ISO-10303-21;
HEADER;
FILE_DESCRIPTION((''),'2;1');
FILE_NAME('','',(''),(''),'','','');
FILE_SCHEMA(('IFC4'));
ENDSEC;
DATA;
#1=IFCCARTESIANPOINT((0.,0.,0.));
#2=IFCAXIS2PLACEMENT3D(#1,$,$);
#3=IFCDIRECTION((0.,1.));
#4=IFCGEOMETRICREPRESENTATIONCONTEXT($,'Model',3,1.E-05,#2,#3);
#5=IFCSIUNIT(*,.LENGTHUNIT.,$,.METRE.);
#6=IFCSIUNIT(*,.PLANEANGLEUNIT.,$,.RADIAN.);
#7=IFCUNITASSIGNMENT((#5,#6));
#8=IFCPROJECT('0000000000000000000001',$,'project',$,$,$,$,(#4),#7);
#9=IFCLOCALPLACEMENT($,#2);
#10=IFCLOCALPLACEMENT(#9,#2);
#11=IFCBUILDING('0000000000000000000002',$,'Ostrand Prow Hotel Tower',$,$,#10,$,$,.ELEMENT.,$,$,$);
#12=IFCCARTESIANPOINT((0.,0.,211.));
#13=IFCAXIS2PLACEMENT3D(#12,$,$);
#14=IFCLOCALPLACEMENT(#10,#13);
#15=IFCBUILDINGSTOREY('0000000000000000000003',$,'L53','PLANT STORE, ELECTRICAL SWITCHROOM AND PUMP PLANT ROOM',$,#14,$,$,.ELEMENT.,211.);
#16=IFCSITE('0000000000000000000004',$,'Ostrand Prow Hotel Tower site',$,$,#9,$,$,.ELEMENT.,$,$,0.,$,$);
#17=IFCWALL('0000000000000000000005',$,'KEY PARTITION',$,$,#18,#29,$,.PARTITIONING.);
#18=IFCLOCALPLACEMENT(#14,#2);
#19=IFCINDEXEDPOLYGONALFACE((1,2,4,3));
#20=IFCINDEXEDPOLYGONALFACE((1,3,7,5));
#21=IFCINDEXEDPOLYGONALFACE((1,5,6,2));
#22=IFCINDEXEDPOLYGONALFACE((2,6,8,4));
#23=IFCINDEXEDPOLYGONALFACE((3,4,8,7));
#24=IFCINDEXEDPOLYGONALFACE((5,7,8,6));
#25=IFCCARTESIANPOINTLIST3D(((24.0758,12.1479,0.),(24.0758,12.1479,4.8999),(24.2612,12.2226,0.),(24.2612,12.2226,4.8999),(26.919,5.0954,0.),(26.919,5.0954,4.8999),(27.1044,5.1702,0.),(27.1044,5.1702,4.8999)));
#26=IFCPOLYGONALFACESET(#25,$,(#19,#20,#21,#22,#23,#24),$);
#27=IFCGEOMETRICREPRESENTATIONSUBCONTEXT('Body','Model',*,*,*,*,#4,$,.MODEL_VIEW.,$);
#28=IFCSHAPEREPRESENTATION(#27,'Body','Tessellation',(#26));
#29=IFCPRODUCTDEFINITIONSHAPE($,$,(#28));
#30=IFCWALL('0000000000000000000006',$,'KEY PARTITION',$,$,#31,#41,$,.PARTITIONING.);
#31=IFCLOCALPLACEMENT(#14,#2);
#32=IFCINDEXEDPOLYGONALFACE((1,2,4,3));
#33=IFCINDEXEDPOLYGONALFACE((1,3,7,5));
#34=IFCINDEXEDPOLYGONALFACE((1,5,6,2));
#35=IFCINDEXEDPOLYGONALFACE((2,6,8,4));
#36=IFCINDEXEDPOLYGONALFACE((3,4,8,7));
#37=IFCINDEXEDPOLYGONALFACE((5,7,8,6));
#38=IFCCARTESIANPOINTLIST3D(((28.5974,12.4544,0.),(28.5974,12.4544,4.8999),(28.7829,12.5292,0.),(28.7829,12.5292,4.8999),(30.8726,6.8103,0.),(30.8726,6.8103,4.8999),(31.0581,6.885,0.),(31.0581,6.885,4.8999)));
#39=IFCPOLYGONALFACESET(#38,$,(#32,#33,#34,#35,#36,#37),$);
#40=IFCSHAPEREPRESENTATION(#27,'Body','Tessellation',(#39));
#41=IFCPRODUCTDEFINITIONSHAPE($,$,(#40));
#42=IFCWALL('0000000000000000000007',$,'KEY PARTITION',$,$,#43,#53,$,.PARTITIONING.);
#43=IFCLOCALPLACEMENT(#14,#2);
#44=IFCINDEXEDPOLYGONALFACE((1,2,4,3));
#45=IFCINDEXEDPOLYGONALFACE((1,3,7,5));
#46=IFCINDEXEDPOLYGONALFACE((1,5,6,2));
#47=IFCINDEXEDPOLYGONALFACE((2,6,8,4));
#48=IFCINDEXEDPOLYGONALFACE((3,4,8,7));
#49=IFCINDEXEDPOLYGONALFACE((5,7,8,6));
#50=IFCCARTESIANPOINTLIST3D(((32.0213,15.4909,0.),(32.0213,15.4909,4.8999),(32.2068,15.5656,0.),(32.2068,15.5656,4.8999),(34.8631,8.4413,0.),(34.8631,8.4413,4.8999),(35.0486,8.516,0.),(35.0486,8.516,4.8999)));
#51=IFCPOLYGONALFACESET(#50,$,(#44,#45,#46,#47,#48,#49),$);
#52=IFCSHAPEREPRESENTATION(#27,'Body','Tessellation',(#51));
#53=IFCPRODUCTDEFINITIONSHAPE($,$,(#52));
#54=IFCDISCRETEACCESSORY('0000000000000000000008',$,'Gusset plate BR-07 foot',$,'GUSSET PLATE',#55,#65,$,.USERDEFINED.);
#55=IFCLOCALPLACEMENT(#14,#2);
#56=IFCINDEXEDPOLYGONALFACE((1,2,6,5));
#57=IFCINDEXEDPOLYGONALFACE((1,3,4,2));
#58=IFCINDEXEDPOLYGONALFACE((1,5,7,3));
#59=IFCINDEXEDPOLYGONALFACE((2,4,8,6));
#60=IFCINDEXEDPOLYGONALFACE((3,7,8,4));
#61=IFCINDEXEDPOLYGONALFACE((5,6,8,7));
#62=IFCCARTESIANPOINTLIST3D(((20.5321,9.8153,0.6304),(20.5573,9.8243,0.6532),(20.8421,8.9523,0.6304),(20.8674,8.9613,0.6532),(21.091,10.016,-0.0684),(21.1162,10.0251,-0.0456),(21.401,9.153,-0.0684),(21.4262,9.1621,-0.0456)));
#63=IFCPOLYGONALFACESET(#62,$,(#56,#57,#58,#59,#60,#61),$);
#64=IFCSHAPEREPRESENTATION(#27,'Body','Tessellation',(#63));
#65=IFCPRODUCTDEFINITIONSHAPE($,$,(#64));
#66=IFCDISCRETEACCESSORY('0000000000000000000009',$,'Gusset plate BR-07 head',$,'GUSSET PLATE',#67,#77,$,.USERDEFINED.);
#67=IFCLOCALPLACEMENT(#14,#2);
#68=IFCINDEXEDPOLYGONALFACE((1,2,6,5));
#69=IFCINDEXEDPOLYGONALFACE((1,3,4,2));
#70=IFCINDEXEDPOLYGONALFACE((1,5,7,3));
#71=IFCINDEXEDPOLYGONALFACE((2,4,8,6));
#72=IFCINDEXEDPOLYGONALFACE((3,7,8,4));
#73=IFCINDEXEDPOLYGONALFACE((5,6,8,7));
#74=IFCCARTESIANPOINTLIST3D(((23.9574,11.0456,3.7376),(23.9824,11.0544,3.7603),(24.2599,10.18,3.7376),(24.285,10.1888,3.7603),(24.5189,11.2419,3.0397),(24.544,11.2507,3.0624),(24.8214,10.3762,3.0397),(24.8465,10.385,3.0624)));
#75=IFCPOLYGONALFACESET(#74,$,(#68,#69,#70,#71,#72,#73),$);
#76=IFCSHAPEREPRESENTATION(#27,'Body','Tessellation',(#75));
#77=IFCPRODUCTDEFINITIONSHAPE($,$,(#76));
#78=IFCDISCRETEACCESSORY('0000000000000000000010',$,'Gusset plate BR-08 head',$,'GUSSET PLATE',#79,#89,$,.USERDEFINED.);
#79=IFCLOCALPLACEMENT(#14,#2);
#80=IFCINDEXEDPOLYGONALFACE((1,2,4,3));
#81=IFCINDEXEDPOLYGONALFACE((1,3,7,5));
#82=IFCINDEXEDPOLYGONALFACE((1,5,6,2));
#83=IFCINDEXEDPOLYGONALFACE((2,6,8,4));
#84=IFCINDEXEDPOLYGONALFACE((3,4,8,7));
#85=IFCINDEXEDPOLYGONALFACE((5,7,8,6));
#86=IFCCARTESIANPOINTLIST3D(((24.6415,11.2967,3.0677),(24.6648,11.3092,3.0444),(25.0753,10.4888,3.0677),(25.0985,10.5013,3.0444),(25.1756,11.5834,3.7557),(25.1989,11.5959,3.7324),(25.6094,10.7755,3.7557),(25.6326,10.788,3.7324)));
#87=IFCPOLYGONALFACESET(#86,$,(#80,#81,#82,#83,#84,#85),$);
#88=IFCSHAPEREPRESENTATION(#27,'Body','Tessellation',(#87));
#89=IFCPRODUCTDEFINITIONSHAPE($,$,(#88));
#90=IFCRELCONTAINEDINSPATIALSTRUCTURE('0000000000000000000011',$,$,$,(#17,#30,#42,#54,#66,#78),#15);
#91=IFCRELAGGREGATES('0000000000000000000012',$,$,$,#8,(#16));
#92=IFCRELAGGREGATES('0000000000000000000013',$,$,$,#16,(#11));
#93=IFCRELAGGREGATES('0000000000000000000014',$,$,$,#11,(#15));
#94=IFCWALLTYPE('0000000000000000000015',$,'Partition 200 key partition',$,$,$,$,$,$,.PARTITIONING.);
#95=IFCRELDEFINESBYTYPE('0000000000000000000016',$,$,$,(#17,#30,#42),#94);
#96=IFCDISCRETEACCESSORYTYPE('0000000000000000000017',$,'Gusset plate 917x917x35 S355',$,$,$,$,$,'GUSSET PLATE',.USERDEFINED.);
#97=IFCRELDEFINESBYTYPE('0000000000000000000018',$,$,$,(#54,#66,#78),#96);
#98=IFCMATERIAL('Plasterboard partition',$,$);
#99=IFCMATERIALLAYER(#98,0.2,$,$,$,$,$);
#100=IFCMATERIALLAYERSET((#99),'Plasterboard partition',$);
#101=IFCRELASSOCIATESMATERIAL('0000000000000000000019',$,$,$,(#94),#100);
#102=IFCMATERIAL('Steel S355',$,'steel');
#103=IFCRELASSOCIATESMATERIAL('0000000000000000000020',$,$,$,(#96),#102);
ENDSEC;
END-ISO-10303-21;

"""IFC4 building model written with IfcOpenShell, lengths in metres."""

from ifc_helpers import new_model, si_unit, direction, frame, frame_2d, origin, origin_2d, place, context, subcontext, project, spatial, rectangle, extrude, material, layer, layer_set, material_profile, profile_set, type_object, element, save


model = new_model("IFC4")

# Units and contexts
model_context = context("Model", 3, precision=1e-05, world=origin(), true_north=direction((0.0, 1.0)))
body_context = subcontext(model_context, "Body", "Model", "MODEL_VIEW")
ifc_project = project(units=[si_unit("LENGTHUNIT", "METRE"), si_unit("PLANEANGLEUNIT", "RADIAN")], contexts=[model_context])

# Site, building, storey
site_placement = place(None, origin())
site = spatial("IfcSite", under=ifc_project, at=site_placement, Name="Ostrand Prow Hotel Tower site", CompositionType="ELEMENT", RefElevation=0.0)
building_placement = place(site_placement, origin())
building = spatial("IfcBuilding", under=site, at=building_placement, Name="Ostrand Prow Hotel Tower", CompositionType="ELEMENT")
storey_placement = place(building_placement, frame((0.0, 0.0, 211.0)))
storey = spatial("IfcBuildingStorey", under=building, at=storey_placement, Name="L53", Description="PLANT STORE, ELECTRICAL SWITCHROOM AND PUMP PLANT ROOM", CompositionType="ELEMENT", Elevation=211.0)

# Walls
ifc_material_1 = material(Name="Plasterboard partition")
ifc_layer_1 = layer(ifc_material_1, 0.2)
ifc_layer_set_1 = layer_set([ifc_layer_1], Name="Plasterboard partition")
wall_type_1 = type_object("IfcWallType", Name="Partition 200 key partition", PredefinedType="PARTITIONING", material=ifc_layer_set_1)
wall_1_placement = place(storey_placement, frame((27.0117, 5.1328, 0.0), z_axis=(0.0, 0.0, 1.0), x_axis=(-0.373914, 0.927464, 0.0)))
element("IfcWall", 1, at=wall_1_placement, inside=storey, type_object=wall_type_1, Name="KEY PARTITION", PredefinedType="PARTITIONING", context=body_context, shape_type="SweptSolid", body=[
    extrude(rectangle(XDim=7.604, YDim=0.2, at=frame_2d((3.802, 0.0))), origin(), (0.0, 0.0, 1.0), 4.8999),
])
wall_2_placement = place(storey_placement, frame((30.9653, 6.8477, 0.0), z_axis=(0.0, 0.0, 1.0), x_axis=(-0.373873, 0.92748, 0.0)))
element("IfcWall", 2, at=wall_2_placement, inside=storey, type_object=wall_type_1, Name="KEY PARTITION", PredefinedType="PARTITIONING", context=body_context, shape_type="SweptSolid", body=[
    extrude(rectangle(XDim=6.0854, YDim=0.2, at=frame_2d((3.0427, 0.0))), origin(), (0.0, 0.0, 1.0), 4.8999),
])
wall_3_placement = place(storey_placement, frame((34.9558, 8.4788, 0.0), z_axis=(0.0, 0.0, 1.0), x_axis=(-0.373881, 0.927477, 0.0)))
element("IfcWall", 3, at=wall_3_placement, inside=storey, type_object=wall_type_1, Name="KEY PARTITION", PredefinedType="PARTITIONING", context=body_context, shape_type="SweptSolid", body=[
    extrude(rectangle(XDim=7.6008, YDim=0.2, at=frame_2d((3.8003, 0.0))), origin(), (0.0, 0.0, 1.0), 4.8999),
])

# Discrete accessories
ifc_material_2 = material(Name="Steel S355", Category="steel")
ifc_material_profile_1 = material_profile(ifc_material_2, rectangle(XDim=0.917, YDim=0.917, at=origin_2d()), Name="PL 917x917x35")
ifc_profile_set_1 = profile_set([ifc_material_profile_1], Name="Steel S355")
discrete_accessory_type = type_object("IfcDiscreteAccessoryType", Name="Gusset plate 917x917x35 S355", ElementType="GUSSET PLATE", PredefinedType="USERDEFINED", material=ifc_profile_set_1)
discrete_accessory_1_placement = place(storey_placement, frame((20.9666, 9.4841, 0.281), z_axis=(0.717165, 0.257622, 0.647537), x_axis=(-0.338072, 0.94112, 0.0)))
element("IfcDiscreteAccessory", 4, at=discrete_accessory_1_placement, inside=storey, type_object=discrete_accessory_type, Name="Gusset plate BR-07 foot", ObjectType="GUSSET PLATE", PredefinedType="USERDEFINED", context=body_context, shape_type="SweptSolid", body=[
    extrude(rectangle(XDim=0.917, YDim=0.917, at=origin_2d()), origin(), (0.0, 0.0, 1.0), 0.0352),
])
discrete_accessory_2_placement = place(storey_placement, frame((24.3894, 10.7109, 3.3887), z_axis=(0.718438, 0.251104, 0.648686), x_axis=(-0.329942, 0.944001, 0.0)))
element("IfcDiscreteAccessory", 5, at=discrete_accessory_2_placement, inside=storey, type_object=discrete_accessory_type, Name="Gusset plate BR-07 head", ObjectType="GUSSET PLATE", PredefinedType="USERDEFINED", context=body_context, shape_type="SweptSolid", body=[
    extrude(rectangle(XDim=0.917, YDim=0.917, at=origin_2d()), origin(), (0.0, 0.0, 1.0), 0.0349),
])
discrete_accessory_3_placement = place(storey_placement, frame((25.1487, 11.0486, 3.3884), z_axis=(-0.661079, -0.354895, 0.661079), x_axis=(0.472993, -0.881066, 0.0)))
element("IfcDiscreteAccessory", 6, at=discrete_accessory_3_placement, inside=storey, type_object=discrete_accessory_type, Name="Gusset plate BR-08 head", ObjectType="GUSSET PLATE", PredefinedType="USERDEFINED", context=body_context, shape_type="SweptSolid", body=[
    extrude(rectangle(XDim=0.917, YDim=0.917, at=origin_2d()), origin(), (0.0, 0.0, 1.0), 0.0352),
])

save(model, "model.ifc")
